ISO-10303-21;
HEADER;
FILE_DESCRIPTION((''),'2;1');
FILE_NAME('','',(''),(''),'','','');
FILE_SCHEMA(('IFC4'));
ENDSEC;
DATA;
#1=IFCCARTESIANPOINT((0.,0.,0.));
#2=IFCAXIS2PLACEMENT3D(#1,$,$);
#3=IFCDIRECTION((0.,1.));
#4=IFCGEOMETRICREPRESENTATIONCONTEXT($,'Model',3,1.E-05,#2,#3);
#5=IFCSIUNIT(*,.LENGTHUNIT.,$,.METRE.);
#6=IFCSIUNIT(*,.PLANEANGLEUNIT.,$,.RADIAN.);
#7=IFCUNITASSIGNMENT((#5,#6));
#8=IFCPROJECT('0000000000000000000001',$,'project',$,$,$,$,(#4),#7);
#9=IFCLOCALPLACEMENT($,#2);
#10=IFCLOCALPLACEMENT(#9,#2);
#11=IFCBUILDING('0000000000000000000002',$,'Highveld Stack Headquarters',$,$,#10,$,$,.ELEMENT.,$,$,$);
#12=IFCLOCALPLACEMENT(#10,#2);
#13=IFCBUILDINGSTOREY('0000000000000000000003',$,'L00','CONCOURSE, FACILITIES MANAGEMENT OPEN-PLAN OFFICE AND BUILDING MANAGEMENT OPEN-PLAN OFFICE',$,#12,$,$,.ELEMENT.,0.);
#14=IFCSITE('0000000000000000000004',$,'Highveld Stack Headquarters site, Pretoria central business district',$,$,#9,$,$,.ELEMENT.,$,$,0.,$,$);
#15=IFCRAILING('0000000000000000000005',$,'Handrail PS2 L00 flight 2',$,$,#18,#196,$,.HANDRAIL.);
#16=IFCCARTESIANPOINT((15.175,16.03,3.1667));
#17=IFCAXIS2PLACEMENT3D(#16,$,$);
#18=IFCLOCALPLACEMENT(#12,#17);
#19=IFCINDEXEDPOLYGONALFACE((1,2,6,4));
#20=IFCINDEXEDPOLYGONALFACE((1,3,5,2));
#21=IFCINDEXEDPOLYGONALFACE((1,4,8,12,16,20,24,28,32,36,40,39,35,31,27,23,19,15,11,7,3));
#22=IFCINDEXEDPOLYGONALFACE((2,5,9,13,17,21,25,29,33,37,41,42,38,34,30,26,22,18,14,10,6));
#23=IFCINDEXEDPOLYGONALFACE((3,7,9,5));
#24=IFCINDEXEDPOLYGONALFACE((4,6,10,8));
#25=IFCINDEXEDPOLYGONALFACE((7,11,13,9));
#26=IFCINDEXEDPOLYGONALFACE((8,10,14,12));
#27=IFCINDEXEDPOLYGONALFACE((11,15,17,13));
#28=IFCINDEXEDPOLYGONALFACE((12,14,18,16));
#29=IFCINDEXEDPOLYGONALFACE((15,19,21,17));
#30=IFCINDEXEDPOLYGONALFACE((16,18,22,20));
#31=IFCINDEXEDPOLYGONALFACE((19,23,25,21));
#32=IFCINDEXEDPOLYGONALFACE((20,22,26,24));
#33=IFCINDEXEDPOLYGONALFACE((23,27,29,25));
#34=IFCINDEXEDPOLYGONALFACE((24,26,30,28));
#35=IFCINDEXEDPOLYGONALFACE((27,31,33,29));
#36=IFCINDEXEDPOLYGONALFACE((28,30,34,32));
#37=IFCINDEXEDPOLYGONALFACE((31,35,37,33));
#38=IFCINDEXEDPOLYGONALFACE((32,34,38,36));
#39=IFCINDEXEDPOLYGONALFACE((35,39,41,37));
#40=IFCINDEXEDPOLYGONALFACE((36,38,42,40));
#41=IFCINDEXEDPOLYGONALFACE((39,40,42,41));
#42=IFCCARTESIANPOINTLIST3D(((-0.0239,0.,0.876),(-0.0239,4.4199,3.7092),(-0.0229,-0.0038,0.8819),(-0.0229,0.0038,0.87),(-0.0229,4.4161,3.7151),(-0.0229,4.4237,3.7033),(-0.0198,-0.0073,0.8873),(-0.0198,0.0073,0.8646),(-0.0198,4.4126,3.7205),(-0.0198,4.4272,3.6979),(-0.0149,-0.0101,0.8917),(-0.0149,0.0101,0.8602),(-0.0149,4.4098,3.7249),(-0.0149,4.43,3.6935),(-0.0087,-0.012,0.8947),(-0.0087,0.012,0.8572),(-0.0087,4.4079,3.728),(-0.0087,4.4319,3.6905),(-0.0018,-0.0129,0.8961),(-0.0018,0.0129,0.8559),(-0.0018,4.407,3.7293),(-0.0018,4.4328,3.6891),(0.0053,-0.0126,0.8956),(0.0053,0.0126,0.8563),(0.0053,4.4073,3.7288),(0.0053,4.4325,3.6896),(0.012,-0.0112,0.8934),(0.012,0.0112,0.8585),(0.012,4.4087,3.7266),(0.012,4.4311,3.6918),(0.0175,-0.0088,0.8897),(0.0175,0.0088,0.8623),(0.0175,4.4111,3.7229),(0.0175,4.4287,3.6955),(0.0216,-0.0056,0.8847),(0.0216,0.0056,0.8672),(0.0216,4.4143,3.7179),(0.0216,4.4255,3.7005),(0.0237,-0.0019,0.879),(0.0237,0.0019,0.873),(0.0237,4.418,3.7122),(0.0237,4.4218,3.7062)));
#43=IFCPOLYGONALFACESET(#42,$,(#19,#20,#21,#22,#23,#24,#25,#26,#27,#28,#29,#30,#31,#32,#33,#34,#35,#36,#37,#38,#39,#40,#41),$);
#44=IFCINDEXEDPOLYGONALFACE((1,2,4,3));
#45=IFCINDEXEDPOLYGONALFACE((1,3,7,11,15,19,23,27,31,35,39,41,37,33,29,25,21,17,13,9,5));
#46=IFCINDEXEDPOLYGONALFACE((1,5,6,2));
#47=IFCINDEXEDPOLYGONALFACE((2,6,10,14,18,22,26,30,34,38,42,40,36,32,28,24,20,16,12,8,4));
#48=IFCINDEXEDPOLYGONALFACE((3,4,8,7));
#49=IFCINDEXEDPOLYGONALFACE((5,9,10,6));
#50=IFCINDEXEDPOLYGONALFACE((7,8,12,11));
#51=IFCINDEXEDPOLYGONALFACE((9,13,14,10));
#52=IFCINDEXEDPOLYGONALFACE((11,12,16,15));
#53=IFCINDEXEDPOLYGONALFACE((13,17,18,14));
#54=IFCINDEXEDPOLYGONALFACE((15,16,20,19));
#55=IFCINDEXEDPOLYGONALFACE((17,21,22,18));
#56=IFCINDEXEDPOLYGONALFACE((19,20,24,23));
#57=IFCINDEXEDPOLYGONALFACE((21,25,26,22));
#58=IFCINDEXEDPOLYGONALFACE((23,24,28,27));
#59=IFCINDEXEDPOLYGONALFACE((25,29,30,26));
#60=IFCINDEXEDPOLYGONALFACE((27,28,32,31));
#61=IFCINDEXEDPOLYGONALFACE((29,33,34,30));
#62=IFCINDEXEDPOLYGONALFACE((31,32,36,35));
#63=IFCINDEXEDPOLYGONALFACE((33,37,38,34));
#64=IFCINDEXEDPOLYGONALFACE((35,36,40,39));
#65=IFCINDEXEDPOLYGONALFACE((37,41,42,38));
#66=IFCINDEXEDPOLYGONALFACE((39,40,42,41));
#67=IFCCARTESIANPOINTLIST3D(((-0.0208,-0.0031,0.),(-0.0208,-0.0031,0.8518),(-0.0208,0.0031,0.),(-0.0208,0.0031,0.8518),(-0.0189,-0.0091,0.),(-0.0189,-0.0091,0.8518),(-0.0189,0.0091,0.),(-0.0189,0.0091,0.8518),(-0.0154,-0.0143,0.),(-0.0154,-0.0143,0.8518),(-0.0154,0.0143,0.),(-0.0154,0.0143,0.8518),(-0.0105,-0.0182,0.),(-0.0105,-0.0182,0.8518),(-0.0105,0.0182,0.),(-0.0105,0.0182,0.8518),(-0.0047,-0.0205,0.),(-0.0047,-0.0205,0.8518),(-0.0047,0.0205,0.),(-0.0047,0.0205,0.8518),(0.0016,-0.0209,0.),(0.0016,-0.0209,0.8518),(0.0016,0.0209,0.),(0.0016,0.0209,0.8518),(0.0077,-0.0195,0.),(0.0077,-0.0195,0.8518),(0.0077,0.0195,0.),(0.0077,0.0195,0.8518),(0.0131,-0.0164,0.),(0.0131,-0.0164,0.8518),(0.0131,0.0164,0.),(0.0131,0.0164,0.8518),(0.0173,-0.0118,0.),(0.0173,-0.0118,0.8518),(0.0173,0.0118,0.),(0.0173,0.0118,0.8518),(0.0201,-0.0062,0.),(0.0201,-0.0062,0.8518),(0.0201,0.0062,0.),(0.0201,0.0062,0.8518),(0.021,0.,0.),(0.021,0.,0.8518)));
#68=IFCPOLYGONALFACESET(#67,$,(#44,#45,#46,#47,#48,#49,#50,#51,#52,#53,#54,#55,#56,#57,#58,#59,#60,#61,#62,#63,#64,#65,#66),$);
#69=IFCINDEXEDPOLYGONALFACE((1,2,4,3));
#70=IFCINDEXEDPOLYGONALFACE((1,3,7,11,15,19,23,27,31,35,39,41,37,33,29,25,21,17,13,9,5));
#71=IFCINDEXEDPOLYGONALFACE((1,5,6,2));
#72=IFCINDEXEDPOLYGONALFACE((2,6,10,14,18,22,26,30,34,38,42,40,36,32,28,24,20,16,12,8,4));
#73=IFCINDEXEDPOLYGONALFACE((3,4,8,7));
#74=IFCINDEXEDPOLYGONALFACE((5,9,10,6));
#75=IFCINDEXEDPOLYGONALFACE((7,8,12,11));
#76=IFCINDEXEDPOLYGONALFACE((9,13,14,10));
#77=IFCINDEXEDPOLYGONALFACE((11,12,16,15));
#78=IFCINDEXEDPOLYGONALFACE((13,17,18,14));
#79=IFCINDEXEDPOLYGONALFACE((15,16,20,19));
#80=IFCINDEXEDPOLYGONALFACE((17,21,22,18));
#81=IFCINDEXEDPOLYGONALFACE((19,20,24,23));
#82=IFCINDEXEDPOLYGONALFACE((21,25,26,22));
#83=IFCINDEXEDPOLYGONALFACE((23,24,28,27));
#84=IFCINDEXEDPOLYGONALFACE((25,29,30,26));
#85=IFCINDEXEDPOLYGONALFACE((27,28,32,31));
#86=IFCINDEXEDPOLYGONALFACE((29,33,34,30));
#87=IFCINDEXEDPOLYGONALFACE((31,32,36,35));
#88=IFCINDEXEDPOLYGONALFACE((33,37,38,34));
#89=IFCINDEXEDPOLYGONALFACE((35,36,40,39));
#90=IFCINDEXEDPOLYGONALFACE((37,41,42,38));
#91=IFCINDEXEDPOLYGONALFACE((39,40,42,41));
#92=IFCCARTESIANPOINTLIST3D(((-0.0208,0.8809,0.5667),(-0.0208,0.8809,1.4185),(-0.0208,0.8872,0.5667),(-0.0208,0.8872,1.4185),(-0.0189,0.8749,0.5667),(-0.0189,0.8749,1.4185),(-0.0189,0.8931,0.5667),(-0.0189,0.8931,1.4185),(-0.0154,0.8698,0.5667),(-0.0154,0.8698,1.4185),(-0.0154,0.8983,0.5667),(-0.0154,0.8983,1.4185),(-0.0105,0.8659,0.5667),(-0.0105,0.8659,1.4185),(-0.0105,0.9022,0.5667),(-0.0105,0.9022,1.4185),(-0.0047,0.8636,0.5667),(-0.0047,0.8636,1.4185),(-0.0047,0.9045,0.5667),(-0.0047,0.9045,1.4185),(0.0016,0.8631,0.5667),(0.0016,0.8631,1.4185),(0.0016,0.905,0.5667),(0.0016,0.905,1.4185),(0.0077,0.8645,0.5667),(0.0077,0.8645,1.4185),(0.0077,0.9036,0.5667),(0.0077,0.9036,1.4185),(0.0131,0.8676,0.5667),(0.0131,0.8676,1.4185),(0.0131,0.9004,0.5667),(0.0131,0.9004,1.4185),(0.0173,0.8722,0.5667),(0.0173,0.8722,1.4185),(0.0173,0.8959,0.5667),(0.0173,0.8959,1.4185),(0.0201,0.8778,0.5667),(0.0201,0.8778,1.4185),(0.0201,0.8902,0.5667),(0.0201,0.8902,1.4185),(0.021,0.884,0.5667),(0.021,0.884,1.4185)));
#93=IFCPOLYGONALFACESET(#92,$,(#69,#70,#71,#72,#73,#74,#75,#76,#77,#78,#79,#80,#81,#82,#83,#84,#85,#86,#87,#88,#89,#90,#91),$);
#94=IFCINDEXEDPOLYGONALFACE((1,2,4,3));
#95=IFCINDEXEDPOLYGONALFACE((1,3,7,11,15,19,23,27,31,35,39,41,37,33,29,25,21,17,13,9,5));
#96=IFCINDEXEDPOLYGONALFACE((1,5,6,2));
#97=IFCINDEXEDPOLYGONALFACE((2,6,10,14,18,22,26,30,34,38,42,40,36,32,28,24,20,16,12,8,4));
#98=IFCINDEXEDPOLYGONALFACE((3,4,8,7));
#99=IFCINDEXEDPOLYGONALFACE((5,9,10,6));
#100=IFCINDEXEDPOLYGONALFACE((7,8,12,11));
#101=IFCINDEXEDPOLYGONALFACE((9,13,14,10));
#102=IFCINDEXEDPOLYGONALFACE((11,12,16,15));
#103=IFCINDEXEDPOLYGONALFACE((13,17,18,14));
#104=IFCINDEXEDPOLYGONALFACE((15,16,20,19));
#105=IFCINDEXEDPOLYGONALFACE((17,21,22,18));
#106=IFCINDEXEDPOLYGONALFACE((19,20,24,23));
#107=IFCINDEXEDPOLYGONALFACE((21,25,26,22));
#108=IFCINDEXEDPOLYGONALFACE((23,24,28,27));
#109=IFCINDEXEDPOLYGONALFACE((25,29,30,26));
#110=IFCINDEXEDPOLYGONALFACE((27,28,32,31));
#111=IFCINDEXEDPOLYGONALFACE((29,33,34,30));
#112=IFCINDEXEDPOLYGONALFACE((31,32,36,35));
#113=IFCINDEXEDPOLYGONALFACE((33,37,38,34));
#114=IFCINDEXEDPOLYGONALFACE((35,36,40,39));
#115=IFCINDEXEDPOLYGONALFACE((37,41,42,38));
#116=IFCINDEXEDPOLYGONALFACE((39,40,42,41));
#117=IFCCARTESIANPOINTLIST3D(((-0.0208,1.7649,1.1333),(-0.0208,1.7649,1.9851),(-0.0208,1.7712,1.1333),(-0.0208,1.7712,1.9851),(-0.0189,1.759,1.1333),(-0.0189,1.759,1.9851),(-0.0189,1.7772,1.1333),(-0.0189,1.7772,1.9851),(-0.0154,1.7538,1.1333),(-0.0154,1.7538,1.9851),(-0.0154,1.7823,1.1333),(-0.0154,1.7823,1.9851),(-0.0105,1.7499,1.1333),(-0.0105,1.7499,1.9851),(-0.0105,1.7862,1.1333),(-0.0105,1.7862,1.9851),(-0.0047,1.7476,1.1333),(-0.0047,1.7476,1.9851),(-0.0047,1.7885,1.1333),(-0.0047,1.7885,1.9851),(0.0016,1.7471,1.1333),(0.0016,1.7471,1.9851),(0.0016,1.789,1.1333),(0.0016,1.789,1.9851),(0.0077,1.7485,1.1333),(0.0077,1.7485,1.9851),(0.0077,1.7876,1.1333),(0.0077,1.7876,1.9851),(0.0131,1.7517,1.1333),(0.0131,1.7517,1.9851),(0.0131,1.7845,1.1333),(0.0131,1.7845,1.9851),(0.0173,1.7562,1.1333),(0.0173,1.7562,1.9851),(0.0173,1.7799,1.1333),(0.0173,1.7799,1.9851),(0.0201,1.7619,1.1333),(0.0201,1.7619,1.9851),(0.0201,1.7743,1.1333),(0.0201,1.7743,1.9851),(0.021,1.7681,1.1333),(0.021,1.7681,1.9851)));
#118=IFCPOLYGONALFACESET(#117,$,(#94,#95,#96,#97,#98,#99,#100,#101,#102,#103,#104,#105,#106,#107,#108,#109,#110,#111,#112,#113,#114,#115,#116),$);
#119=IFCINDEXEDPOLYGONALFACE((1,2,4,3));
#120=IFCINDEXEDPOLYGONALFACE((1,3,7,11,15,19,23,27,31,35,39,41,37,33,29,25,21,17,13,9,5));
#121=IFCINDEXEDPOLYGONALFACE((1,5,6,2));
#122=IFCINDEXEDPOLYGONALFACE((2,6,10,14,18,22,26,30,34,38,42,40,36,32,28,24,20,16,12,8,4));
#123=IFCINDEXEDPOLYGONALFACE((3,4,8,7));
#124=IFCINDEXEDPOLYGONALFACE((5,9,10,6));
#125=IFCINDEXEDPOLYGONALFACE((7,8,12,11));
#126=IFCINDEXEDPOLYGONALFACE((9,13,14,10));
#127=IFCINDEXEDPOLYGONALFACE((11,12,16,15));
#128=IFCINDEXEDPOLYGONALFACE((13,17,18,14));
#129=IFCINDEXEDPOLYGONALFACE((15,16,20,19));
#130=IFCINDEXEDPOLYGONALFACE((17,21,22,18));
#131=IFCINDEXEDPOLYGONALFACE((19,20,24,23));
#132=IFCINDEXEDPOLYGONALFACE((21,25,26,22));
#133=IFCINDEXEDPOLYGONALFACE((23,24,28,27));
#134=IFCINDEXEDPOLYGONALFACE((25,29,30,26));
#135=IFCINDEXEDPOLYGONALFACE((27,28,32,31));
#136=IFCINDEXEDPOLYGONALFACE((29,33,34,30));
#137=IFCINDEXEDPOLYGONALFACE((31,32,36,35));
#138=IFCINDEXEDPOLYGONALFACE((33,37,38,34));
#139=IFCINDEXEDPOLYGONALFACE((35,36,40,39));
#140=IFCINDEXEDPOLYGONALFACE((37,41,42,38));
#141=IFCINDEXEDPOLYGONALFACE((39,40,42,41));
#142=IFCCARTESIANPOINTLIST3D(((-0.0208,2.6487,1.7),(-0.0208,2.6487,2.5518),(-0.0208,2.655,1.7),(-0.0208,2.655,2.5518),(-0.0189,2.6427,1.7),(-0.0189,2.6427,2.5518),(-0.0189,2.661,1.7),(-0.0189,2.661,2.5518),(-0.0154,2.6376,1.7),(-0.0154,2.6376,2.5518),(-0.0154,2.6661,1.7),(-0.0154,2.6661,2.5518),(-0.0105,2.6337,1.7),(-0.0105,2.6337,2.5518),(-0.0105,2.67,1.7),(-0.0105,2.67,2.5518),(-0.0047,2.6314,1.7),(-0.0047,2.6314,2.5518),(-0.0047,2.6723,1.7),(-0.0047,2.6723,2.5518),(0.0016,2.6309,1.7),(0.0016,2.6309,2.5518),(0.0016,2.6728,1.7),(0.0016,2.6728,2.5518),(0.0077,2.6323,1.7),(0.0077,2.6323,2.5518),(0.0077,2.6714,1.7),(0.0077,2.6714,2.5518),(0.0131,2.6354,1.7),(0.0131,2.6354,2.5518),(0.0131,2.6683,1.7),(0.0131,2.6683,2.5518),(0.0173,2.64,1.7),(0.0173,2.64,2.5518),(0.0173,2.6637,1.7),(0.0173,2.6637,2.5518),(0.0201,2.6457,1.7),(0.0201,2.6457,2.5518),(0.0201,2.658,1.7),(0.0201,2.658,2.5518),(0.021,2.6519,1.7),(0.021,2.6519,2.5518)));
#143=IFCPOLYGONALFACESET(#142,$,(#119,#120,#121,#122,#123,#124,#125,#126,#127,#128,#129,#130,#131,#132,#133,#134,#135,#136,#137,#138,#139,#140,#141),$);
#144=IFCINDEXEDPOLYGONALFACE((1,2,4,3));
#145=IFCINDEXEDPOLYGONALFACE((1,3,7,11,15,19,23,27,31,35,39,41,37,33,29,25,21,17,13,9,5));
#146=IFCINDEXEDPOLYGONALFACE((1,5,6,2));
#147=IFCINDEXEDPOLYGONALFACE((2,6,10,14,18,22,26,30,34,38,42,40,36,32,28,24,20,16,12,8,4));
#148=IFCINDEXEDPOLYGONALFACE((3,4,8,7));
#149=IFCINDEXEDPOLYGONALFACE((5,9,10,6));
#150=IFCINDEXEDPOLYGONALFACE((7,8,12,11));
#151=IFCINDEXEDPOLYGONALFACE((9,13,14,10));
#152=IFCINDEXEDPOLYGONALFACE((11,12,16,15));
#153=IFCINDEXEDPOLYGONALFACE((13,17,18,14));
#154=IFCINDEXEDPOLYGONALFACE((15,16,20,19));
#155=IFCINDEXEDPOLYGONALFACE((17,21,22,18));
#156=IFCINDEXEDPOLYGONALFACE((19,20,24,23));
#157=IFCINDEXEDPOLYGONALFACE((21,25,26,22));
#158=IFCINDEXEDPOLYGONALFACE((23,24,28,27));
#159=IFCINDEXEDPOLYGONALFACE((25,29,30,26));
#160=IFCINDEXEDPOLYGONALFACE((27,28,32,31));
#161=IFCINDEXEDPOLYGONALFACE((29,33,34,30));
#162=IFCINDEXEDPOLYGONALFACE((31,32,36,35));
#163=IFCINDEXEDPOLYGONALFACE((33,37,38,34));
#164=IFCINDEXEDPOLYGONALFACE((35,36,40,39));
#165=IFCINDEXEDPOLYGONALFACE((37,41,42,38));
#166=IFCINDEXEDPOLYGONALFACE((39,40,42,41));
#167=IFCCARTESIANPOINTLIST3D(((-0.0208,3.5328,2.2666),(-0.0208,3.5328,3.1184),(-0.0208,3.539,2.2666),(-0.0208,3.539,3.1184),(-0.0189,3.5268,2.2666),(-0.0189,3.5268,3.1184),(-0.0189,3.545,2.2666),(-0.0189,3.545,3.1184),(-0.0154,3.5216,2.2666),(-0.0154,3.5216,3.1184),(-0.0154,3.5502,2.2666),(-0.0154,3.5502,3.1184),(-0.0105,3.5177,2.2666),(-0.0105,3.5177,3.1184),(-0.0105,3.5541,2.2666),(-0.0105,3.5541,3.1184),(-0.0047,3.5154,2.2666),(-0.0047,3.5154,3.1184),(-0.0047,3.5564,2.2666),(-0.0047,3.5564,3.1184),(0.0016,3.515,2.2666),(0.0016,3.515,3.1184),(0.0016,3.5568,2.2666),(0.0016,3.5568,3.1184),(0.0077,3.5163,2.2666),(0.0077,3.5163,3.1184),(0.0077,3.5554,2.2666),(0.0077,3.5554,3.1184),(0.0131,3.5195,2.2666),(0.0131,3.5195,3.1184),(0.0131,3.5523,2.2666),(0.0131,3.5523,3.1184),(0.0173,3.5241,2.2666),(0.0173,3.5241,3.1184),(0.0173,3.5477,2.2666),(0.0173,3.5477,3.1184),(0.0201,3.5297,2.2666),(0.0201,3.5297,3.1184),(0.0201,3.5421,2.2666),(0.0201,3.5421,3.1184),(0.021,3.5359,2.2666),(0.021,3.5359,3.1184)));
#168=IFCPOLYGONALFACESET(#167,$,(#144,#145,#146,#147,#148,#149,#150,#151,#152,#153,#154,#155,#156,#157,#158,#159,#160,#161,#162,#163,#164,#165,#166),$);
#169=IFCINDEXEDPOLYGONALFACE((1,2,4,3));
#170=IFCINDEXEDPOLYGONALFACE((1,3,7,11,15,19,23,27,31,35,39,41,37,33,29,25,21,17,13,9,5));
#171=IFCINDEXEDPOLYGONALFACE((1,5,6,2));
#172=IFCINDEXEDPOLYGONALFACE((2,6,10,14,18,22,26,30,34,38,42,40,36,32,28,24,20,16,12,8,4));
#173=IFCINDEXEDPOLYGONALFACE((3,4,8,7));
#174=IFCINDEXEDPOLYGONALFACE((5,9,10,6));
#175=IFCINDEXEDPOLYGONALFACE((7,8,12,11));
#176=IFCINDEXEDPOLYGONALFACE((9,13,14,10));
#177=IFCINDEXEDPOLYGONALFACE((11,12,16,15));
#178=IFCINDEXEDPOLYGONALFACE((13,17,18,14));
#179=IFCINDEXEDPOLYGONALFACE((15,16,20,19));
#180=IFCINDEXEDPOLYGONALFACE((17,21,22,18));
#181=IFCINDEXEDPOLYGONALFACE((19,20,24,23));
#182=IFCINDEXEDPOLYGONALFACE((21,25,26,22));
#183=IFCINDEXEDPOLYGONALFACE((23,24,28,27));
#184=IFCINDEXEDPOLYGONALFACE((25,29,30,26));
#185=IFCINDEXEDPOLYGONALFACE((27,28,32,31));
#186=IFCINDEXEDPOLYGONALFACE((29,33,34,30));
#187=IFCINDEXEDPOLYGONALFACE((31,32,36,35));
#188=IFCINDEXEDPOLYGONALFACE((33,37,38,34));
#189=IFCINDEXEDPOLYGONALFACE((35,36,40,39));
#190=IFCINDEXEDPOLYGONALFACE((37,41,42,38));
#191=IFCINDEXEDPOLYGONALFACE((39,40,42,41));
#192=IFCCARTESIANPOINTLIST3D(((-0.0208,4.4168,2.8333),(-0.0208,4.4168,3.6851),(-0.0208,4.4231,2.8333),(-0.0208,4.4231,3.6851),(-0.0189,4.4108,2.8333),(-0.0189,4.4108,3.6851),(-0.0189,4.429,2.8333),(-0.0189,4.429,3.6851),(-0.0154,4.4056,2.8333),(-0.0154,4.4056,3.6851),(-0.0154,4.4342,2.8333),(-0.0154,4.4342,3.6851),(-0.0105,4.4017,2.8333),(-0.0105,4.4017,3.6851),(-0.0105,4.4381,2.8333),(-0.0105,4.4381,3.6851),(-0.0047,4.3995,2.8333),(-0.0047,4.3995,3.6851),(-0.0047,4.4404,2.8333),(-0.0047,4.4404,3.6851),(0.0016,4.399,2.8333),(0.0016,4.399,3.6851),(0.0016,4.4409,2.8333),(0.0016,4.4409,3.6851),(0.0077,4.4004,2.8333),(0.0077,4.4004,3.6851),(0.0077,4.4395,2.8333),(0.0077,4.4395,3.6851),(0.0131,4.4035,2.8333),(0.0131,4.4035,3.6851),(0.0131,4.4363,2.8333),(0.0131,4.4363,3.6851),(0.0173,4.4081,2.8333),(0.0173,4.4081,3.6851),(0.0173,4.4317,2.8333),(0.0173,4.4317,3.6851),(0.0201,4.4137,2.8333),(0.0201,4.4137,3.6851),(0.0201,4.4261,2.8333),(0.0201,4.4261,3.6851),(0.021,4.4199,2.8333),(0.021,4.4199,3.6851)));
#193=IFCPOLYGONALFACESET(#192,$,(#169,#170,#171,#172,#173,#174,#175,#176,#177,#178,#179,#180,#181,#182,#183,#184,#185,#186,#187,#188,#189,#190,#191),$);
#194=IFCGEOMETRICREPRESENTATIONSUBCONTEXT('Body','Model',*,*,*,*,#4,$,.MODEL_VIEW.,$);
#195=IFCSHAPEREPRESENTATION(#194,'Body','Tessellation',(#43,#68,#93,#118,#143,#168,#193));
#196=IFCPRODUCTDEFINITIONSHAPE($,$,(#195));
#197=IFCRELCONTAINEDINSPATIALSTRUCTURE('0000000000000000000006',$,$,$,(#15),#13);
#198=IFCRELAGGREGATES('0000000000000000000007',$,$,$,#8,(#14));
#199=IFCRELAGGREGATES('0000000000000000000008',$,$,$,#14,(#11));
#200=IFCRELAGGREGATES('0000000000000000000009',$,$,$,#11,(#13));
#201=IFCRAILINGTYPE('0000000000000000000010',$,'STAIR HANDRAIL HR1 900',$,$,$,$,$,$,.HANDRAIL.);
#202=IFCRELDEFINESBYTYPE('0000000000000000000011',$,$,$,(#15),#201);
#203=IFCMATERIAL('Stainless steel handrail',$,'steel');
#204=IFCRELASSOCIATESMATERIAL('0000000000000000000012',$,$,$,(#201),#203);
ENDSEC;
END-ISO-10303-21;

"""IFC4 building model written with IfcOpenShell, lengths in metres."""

from ifc_helpers import new_model, si_unit, direction, frame, origin, origin_2d, place, context, subcontext, project, spatial, circle, extrude, material, type_object, element, save


model = new_model("IFC4")

# Units and contexts
model_context = context("Model", 3, precision=1e-05, world=origin(), true_north=direction((0.0, 1.0)))
body_context = subcontext(model_context, "Body", "Model", "MODEL_VIEW")
ifc_project = project(units=[si_unit("LENGTHUNIT", "METRE"), si_unit("PLANEANGLEUNIT", "RADIAN")], contexts=[model_context])

# Site, building, storey
site_placement = place(None, origin())
site = spatial("IfcSite", under=ifc_project, at=site_placement, Name="Highveld Stack Headquarters site, Pretoria central business district", CompositionType="ELEMENT", RefElevation=0.0)
building_placement = place(site_placement, origin())
building = spatial("IfcBuilding", under=site, at=building_placement, Name="Highveld Stack Headquarters", CompositionType="ELEMENT")
storey_placement = place(building_placement, origin())
storey = spatial("IfcBuildingStorey", under=building, at=storey_placement, Name="L00", Description="CONCOURSE, FACILITIES MANAGEMENT OPEN-PLAN OFFICE AND BUILDING MANAGEMENT OPEN-PLAN OFFICE", CompositionType="ELEMENT", Elevation=0.0)

# Railing
ifc_material_1 = material(Name="Stainless steel handrail", Category="steel")
railing_type = type_object("IfcRailingType", Name="STAIR HANDRAIL HR1 900", PredefinedType="HANDRAIL", material=ifc_material_1)
for number, where, name in (
    (1, (15.175, 16.03, 3.1667), "Handrail PS2 L00 flight 2"),
):
    element("IfcRailing", number, at=place(storey_placement, frame(where)), inside=storey, type_object=railing_type, Name=name, PredefinedType="HANDRAIL", context=body_context, shape_type="SweptSolid", body=[
        extrude(circle(Radius=0.0239, at=origin_2d()), frame((0.0, 0.0, 0.876), z_axis=(0.0, 0.841882, 0.539662), x_axis=(-1.0, 0.0, 0.0)), (0.0, 0.0, 1.0), 5.25),
        extrude(circle(Radius=0.021, at=origin_2d()), origin(), (0.0, 0.0, 1.0), 0.8518),
        extrude(circle(Radius=0.021, at=origin_2d()), frame((0.0, 0.884, 0.5667)), (0.0, 0.0, 1.0), 0.8518),
        extrude(circle(Radius=0.021, at=origin_2d()), frame((0.0, 1.7681, 1.1333)), (0.0, 0.0, 1.0), 0.8518),
        extrude(circle(Radius=0.021, at=origin_2d()), frame((0.0, 2.6519, 1.7)), (0.0, 0.0, 1.0), 0.8518),
        extrude(circle(Radius=0.021, at=origin_2d()), frame((0.0, 3.5359, 2.2666)), (0.0, 0.0, 1.0), 0.8518),
        extrude(circle(Radius=0.021, at=origin_2d()), frame((0.0, 4.4199, 2.8333)), (0.0, 0.0, 1.0), 0.8518),
    ])

save(model, "model.ifc")
